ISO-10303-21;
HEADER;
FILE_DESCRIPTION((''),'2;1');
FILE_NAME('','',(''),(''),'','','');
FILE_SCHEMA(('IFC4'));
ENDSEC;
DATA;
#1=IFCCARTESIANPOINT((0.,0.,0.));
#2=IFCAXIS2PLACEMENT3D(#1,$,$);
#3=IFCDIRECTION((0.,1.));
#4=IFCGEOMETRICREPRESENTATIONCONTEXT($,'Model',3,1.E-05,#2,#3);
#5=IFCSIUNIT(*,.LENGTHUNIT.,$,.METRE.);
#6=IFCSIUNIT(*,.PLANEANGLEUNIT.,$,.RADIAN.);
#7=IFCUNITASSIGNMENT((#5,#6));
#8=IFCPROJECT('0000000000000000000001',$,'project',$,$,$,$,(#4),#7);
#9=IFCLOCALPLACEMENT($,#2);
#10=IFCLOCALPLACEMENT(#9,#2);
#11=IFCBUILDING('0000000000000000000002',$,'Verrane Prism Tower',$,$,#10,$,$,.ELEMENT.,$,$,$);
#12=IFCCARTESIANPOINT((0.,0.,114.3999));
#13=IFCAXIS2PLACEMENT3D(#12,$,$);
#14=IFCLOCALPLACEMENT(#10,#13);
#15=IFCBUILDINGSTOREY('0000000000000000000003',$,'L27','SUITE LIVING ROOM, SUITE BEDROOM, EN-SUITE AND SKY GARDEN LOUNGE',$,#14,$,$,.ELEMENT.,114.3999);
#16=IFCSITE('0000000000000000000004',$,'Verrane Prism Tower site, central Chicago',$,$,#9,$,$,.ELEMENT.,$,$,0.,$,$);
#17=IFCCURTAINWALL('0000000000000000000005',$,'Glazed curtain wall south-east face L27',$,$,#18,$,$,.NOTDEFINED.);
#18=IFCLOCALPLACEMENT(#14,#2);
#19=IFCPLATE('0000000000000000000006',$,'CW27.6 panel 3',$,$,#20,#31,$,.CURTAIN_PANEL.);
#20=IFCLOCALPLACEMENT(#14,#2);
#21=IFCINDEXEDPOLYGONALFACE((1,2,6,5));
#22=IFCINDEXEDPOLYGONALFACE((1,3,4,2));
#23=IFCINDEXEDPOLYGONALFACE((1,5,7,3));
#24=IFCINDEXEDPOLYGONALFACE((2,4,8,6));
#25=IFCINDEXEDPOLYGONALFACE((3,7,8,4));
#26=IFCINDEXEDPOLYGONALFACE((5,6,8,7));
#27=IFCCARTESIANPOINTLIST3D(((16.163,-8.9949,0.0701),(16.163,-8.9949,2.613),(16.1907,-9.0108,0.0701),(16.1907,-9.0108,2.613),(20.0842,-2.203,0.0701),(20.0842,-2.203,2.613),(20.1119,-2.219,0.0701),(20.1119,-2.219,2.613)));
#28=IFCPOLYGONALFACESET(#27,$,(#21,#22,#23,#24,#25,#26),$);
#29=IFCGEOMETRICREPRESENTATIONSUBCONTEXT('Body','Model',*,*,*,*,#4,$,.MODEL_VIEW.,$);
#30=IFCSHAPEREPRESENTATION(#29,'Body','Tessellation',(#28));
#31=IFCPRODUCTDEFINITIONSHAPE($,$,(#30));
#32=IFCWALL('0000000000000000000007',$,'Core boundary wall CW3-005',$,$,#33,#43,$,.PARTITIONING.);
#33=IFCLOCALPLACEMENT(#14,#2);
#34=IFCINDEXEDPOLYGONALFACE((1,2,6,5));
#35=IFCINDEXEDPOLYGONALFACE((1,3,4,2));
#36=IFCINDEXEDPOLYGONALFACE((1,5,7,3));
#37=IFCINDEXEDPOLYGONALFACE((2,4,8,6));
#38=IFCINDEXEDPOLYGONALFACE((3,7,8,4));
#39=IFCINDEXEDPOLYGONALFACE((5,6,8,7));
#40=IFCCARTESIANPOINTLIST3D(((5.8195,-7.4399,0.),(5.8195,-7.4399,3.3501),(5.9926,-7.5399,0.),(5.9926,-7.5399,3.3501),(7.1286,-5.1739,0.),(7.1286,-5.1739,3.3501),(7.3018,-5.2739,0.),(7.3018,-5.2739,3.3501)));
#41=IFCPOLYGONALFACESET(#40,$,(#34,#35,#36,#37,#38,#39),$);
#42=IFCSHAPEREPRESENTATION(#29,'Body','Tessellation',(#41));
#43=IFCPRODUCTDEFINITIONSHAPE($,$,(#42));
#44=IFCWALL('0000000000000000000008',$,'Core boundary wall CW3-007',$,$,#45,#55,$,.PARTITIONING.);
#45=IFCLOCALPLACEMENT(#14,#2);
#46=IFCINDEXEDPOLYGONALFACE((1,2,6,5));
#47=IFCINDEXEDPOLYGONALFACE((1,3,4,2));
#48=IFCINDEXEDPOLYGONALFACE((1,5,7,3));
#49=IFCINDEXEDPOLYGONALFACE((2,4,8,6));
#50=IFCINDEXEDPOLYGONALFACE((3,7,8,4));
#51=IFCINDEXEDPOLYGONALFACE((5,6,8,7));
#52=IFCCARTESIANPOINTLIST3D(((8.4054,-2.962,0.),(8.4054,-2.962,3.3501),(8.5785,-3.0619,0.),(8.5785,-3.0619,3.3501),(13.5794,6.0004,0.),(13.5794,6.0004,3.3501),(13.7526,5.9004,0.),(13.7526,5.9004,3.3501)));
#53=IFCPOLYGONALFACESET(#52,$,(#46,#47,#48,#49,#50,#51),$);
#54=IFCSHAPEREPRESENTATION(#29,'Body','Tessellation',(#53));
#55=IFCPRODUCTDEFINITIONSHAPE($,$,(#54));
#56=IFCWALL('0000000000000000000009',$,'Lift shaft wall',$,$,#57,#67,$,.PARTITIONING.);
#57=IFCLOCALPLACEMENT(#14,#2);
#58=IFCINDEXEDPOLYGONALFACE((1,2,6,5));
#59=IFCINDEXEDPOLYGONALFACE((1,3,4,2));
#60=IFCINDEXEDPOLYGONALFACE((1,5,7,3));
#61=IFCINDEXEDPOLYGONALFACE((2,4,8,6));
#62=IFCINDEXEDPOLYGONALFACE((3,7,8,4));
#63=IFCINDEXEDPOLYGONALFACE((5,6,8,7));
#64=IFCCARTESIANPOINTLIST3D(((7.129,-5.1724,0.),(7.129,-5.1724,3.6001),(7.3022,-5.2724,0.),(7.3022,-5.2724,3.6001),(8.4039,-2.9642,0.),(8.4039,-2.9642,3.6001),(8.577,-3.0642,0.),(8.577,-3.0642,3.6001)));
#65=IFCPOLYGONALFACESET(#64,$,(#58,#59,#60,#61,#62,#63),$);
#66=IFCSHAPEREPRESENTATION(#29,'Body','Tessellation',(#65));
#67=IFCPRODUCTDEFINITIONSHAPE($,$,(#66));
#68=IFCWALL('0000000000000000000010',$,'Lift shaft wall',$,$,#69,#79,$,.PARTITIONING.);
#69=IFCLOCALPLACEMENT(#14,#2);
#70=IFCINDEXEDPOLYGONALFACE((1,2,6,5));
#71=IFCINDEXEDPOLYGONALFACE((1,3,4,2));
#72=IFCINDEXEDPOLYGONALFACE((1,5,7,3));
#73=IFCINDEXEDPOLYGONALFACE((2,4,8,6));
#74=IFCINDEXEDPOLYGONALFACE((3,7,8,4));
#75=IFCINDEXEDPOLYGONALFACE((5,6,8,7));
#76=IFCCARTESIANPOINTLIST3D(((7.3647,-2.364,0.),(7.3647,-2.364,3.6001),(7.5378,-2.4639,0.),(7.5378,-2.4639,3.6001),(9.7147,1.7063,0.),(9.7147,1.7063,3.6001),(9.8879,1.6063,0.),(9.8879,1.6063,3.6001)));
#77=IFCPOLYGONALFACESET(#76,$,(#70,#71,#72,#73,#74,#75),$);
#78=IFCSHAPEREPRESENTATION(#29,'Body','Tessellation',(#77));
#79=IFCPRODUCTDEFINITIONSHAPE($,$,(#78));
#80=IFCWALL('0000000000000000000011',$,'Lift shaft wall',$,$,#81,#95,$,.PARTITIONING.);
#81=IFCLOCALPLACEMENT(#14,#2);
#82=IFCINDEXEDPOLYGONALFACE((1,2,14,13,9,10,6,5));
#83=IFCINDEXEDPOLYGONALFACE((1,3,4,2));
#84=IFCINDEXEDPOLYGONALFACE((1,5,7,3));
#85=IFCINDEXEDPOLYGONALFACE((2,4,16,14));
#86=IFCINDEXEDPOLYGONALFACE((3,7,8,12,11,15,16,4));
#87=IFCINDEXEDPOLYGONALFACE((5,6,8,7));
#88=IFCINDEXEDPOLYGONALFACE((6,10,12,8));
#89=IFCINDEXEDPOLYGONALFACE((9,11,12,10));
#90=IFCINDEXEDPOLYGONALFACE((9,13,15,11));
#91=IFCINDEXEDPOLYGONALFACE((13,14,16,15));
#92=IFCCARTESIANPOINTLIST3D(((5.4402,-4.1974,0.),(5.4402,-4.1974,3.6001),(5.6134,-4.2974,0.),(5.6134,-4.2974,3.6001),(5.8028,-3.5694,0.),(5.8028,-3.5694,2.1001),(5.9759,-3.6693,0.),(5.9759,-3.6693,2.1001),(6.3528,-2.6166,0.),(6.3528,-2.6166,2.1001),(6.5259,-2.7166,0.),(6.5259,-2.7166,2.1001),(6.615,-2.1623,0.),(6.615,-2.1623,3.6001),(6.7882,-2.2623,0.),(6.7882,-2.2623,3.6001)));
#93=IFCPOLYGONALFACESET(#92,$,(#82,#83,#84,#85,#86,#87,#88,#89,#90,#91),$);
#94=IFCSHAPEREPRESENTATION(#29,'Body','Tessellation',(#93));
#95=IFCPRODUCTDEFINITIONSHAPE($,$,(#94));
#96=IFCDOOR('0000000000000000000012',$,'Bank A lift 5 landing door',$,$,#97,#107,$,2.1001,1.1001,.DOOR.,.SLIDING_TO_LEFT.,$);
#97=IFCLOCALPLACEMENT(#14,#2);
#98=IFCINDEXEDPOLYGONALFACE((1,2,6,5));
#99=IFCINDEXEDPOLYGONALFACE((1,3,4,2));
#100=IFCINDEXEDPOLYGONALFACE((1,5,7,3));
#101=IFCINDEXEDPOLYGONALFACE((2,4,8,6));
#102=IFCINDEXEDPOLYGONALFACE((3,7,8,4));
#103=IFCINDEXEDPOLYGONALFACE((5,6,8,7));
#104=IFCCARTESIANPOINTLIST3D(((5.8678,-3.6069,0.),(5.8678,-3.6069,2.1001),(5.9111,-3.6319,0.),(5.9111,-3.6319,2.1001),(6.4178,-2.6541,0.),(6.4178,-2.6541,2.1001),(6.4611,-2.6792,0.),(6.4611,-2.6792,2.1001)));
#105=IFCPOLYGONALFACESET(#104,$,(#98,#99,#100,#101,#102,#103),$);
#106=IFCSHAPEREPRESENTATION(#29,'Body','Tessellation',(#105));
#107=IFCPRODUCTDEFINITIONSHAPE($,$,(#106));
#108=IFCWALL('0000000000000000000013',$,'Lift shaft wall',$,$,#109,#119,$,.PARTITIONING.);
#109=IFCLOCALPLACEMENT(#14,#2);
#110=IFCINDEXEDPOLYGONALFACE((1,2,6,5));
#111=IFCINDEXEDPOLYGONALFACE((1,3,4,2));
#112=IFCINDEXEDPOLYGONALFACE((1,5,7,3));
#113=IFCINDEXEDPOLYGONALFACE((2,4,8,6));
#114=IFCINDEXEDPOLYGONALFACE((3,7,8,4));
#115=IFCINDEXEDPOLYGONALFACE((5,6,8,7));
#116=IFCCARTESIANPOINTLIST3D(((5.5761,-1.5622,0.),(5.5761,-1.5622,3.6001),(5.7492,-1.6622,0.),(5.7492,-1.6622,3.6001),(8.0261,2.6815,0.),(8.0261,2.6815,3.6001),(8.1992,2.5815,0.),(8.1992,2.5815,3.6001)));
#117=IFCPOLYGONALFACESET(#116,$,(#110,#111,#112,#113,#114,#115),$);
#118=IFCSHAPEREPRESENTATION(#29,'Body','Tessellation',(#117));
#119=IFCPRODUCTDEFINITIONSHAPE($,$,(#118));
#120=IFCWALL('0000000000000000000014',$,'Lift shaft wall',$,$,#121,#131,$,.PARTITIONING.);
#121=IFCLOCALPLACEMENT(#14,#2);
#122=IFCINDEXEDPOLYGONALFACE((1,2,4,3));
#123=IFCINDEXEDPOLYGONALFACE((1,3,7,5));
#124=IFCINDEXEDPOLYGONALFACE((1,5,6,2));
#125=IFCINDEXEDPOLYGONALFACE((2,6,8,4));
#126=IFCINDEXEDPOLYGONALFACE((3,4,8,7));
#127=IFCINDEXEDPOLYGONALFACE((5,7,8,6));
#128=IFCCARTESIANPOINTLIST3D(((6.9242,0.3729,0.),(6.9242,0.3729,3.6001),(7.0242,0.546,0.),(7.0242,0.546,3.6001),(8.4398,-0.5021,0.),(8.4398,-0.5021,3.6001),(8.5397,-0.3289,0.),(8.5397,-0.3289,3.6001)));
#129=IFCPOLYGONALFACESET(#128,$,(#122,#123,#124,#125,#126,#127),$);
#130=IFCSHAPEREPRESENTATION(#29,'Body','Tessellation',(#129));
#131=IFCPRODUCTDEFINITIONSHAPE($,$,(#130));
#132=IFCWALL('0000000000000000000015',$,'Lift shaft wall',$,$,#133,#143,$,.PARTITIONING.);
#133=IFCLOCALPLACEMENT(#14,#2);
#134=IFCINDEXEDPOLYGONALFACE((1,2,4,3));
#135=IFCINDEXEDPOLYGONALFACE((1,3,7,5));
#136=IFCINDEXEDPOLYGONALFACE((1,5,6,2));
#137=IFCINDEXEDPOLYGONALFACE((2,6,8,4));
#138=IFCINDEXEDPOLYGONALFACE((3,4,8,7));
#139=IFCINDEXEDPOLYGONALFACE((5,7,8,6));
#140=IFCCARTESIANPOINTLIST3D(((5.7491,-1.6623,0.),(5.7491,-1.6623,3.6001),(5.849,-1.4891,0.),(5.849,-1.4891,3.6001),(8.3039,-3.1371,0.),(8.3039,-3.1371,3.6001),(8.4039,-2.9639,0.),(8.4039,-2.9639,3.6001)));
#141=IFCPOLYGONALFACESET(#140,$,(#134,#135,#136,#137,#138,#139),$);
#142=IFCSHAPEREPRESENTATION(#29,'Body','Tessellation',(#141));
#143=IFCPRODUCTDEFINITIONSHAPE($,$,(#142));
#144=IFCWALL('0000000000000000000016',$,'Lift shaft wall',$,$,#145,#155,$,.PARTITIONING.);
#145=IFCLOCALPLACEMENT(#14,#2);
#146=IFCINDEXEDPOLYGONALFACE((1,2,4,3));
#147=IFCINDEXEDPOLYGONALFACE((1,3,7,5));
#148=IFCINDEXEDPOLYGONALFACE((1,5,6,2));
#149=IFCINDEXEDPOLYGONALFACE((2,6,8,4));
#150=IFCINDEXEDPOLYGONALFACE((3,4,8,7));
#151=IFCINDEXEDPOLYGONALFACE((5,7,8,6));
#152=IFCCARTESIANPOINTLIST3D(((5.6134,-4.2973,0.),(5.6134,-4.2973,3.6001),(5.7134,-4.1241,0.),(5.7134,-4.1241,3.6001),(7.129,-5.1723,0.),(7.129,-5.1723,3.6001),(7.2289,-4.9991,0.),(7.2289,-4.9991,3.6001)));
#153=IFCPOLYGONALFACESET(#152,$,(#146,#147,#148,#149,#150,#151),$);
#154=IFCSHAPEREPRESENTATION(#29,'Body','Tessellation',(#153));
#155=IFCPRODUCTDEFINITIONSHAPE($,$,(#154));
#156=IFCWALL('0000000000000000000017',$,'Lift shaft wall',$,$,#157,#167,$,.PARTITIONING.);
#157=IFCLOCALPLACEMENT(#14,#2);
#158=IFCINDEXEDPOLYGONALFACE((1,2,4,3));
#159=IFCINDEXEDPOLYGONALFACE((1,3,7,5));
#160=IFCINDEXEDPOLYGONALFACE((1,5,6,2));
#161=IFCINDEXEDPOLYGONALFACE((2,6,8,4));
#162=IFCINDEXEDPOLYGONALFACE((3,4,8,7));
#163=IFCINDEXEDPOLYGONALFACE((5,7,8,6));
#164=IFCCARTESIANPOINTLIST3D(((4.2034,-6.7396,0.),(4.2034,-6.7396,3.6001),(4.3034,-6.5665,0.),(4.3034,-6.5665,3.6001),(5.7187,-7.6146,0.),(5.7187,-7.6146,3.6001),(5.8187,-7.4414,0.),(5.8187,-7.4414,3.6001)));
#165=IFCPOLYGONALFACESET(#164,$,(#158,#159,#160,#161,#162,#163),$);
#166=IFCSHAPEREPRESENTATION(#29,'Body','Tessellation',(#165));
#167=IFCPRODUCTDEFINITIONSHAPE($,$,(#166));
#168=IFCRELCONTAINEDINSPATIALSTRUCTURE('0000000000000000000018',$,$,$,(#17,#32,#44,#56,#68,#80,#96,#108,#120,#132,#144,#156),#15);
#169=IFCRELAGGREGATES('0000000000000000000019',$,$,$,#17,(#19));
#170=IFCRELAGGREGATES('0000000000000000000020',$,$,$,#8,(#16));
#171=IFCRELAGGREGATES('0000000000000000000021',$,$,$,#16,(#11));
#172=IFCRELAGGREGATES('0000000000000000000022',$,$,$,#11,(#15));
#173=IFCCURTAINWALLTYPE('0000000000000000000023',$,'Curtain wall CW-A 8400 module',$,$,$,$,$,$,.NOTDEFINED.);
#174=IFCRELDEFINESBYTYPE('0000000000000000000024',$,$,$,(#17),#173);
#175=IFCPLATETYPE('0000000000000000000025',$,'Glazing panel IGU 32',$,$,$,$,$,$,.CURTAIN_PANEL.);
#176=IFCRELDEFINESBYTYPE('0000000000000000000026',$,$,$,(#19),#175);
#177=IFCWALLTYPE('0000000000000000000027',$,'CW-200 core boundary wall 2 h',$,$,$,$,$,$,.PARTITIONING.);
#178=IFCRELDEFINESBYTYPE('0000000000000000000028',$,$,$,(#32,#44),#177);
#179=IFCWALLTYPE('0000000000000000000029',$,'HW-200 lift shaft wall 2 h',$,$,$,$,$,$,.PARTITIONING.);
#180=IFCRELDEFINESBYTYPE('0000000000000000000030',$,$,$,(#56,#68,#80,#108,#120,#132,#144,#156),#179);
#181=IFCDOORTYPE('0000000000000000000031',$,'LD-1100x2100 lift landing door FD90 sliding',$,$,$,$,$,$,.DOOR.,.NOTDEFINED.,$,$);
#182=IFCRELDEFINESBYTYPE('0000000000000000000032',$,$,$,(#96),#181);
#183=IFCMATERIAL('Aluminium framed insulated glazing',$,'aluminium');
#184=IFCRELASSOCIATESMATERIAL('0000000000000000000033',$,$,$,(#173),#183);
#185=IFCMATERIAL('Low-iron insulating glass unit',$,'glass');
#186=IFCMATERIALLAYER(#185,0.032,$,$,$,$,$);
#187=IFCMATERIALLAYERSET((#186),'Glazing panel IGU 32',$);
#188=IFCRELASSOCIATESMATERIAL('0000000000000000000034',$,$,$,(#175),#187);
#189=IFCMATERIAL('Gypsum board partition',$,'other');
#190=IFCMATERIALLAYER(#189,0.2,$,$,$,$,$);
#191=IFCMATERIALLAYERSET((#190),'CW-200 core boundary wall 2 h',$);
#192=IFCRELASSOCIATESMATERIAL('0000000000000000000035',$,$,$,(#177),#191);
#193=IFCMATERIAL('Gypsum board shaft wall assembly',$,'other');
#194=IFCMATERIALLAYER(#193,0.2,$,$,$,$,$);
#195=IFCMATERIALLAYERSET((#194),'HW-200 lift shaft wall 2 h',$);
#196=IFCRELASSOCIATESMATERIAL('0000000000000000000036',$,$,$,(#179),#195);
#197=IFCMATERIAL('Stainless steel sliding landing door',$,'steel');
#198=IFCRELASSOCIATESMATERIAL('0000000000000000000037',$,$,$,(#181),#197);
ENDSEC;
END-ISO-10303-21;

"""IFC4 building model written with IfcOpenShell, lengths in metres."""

from ifc_helpers import new_model, si_unit, direction, frame, frame_2d, origin, origin_2d, place, context, subcontext, project, spatial, rectangle, extrude, material, layer, layer_set, type_object, element, fill, aggregate, save


model = new_model("IFC4")

# Units and contexts
model_context = context("Model", 3, precision=1e-05, world=origin(), true_north=direction((0.0, 1.0)))
body_context = subcontext(model_context, "Body", "Model", "MODEL_VIEW")
ifc_project = project(units=[si_unit("LENGTHUNIT", "METRE"), si_unit("PLANEANGLEUNIT", "RADIAN")], contexts=[model_context])

# Site, building, storey
site_placement = place(None, origin())
site = spatial("IfcSite", under=ifc_project, at=site_placement, Name="Verrane Prism Tower site, central Chicago", CompositionType="ELEMENT", RefElevation=0.0)
building_placement = place(site_placement, origin())
building = spatial("IfcBuilding", under=site, at=building_placement, Name="Verrane Prism Tower", CompositionType="ELEMENT")
storey_placement = place(building_placement, frame((0.0, 0.0, 114.3999)))
storey = spatial("IfcBuildingStorey", under=building, at=storey_placement, Name="L27", Description="SUITE LIVING ROOM, SUITE BEDROOM, EN-SUITE AND SKY GARDEN LOUNGE", CompositionType="ELEMENT", Elevation=114.3999)

# Curtain wall
ifc_material_1 = material(Name="Aluminium framed insulated glazing", Category="aluminium")
curtain_wall_type = type_object("IfcCurtainWallType", Name="Curtain wall CW-A 8400 module", PredefinedType="NOTDEFINED", material=ifc_material_1)
curtain_wall_placement = place(storey_placement, origin())
curtain_wall = element("IfcCurtainWall", 1, at=curtain_wall_placement, inside=storey, type_object=curtain_wall_type, Name="Glazed curtain wall south-east face L27", PredefinedType="NOTDEFINED")

# Plate
ifc_material_2 = material(Name="Low-iron insulating glass unit", Category="glass")
ifc_layer_1 = layer(ifc_material_2, 0.032)
ifc_layer_set_1 = layer_set([ifc_layer_1], Name="Glazing panel IGU 32")
plate_type = type_object("IfcPlateType", Name="Glazing panel IGU 32", PredefinedType="CURTAIN_PANEL", material=ifc_layer_set_1)
plate_placement = place(storey_placement, frame((18.1375, -5.6069, 0.0701), z_axis=(0.0, 0.0, 1.0), x_axis=(0.499999, 0.866026, 0.0)))
plate = element("IfcPlate", 2, at=plate_placement, type_object=plate_type, Name="CW27.6 panel 3", PredefinedType="CURTAIN_PANEL", context=body_context, shape_type="SweptSolid", body=[
    extrude(rectangle(XDim=7.8425, YDim=0.032, at=origin_2d()), origin(), (0.0, 0.0, 1.0), 2.543),
])
aggregate(curtain_wall, [plate])

# Walls
ifc_material_3 = material(Name="Gypsum board partition", Category="other")
ifc_layer_2 = layer(ifc_material_3, 0.2)
ifc_layer_set_2 = layer_set([ifc_layer_2], Name="CW-200 core boundary wall 2 h")
wall_type_1 = type_object("IfcWallType", Name="CW-200 core boundary wall 2 h", PredefinedType="PARTITIONING", material=ifc_layer_set_2)
wall_1_placement = place(storey_placement, frame((5.906, -7.49, 0.0), z_axis=(0.0, 0.0, 1.0), x_axis=(0.500253, 0.865879, 0.0)))
element("IfcWall", 3, at=wall_1_placement, inside=storey, type_object=wall_type_1, Name="Core boundary wall CW3-005", PredefinedType="PARTITIONING", context=body_context, shape_type="SweptSolid", body=[
    extrude(rectangle(XDim=2.6169, YDim=0.2, at=frame_2d((1.3086, 0.0))), origin(), (0.0, 0.0, 1.0), 3.3501),
])
wall_2_placement = place(storey_placement, frame((8.4919, -3.012, 0.0), z_axis=(0.0, 0.0, 1.0), x_axis=(0.499973, 0.866041, 0.0)))
element("IfcWall", 4, at=wall_2_placement, inside=storey, type_object=wall_type_1, Name="Core boundary wall CW3-007", PredefinedType="PARTITIONING", context=body_context, shape_type="SweptSolid", body=[
    extrude(rectangle(XDim=10.3486, YDim=0.2, at=frame_2d((5.1743, 0.0))), origin(), (0.0, 0.0, 1.0), 3.3501),
])
ifc_material_4 = material(Name="Gypsum board shaft wall assembly", Category="other")
ifc_layer_3 = layer(ifc_material_4, 0.2)
ifc_layer_set_3 = layer_set([ifc_layer_3], Name="HW-200 lift shaft wall 2 h")
wall_type_2 = type_object("IfcWallType", Name="HW-200 lift shaft wall 2 h", PredefinedType="PARTITIONING", material=ifc_layer_set_3)
wall_3_placement = place(storey_placement, frame((7.2156, -5.2224, 0.0), z_axis=(0.0, 0.0, 1.0), x_axis=(0.49999, 0.866031, 0.0)))
element("IfcWall", 5, at=wall_3_placement, inside=storey, type_object=wall_type_2, Name="Lift shaft wall", PredefinedType="PARTITIONING", context=body_context, shape_type="SweptSolid", body=[
    extrude(rectangle(XDim=2.5498, YDim=0.2, at=frame_2d((1.2749, 0.0))), origin(), (0.0, 0.0, 1.0), 3.6001),
])
wall_4_placement = place(storey_placement, frame((7.4512, -2.4141, 0.0), z_axis=(0.0, 0.0, 1.0), x_axis=(0.500016, 0.866016, 0.0)))
element("IfcWall", 6, at=wall_4_placement, inside=storey, type_object=wall_type_2, Name="Lift shaft wall", PredefinedType="PARTITIONING", context=body_context, shape_type="SweptSolid", body=[
    extrude(rectangle(XDim=4.7, YDim=0.2, at=frame_2d((2.3501, 0.0))), origin(), (0.0, 0.0, 1.0), 3.6001),
])

# Wall, opening, door
wall_5_placement = place(storey_placement, frame((5.5269, -4.2473, 0.0), z_axis=(0.0, 0.0, 1.0), x_axis=(0.499938, 0.866061, 0.0)))
wall_5 = element("IfcWall", 7, at=wall_5_placement, inside=storey, type_object=wall_type_2, Name="Lift shaft wall", PredefinedType="PARTITIONING", context=body_context, shape_type="SweptSolid", body=[
    extrude(rectangle(XDim=2.3499, YDim=0.2, at=frame_2d((1.1748, 0.0))), origin(), (0.0, 0.0, 1.0), 3.6001),
])
opening_1_placement = place(wall_5_placement, frame((0.7251, 0.0, 0.0)))
opening_1 = element("IfcOpeningElement", 8, at=opening_1_placement, cuts=wall_5, PredefinedType="OPENING", context=body_context, shape_type="SweptSolid", body=[
    extrude(rectangle(XDim=1.1001, YDim=2.1001, at=frame_2d((0.55, 1.05))), frame((0.0, 0.1099, 0.0), z_axis=(0.0, -1.0, 0.0), x_axis=(1.0, 0.0, 0.0)), (0.0, 0.0, 1.0), 0.22),
])
ifc_material_5 = material(Name="Stainless steel sliding landing door", Category="steel")
door_type_1 = type_object("IfcDoorType", Name="LD-1100x2100 lift landing door FD90 sliding", OperationType="NOTDEFINED", PredefinedType="DOOR", material=ifc_material_5)
door_1_placement = place(opening_1_placement, origin())
door_1 = element("IfcDoor", 9, at=door_1_placement, inside=storey, type_object=door_type_1, Name="Bank A lift 5 landing door", OperationType="SLIDING_TO_LEFT", OverallHeight=2.1001, OverallWidth=1.1001, PredefinedType="DOOR", context=body_context, shape_type="SweptSolid", body=[
    extrude(rectangle(XDim=1.1001, YDim=2.1001, at=frame_2d((0.55, 1.05))), frame((0.0, 0.0249, 0.0), z_axis=(0.0, -1.0, 0.0), x_axis=(1.0, 0.0, 0.0)), (0.0, 0.0, 1.0), 0.05),
])
fill(opening_1, door_1)

# Walls
wall_6_placement = place(storey_placement, frame((5.6626, -1.6123, 0.0), z_axis=(0.0, 0.0, 1.0), x_axis=(0.499981, 0.866036, 0.0)))
element("IfcWall", 10, at=wall_6_placement, inside=storey, type_object=wall_type_2, Name="Lift shaft wall", PredefinedType="PARTITIONING", context=body_context, shape_type="SweptSolid", body=[
    extrude(rectangle(XDim=4.9001, YDim=0.2, at=frame_2d((2.4502, 0.0))), origin(), (0.0, 0.0, 1.0), 3.6001),
])
wall_7_placement = place(storey_placement, frame((8.4897, -0.4155, 0.0), z_axis=(0.0, 0.0, 1.0), x_axis=(-0.866037, 0.49998, 0.0)))
element("IfcWall", 11, at=wall_7_placement, inside=storey, type_object=wall_type_2, Name="Lift shaft wall", PredefinedType="PARTITIONING", context=body_context, shape_type="SweptSolid", body=[
    extrude(rectangle(XDim=1.75, YDim=0.2, at=frame_2d((0.875, 0.0))), origin(), (0.0, 0.0, 1.0), 3.6001),
])
wall_8_placement = place(storey_placement, frame((8.354, -3.0505, 0.0), z_axis=(0.0, 0.0, 1.0), x_axis=(-0.86606, 0.49994, 0.0)))
element("IfcWall", 12, at=wall_8_placement, inside=storey, type_object=wall_type_2, Name="Lift shaft wall", PredefinedType="PARTITIONING", context=body_context, shape_type="SweptSolid", body=[
    extrude(rectangle(XDim=2.95, YDim=0.2, at=frame_2d((1.4751, 0.0))), origin(), (0.0, 0.0, 1.0), 3.6001),
])
wall_9_placement = place(storey_placement, frame((7.179, -5.0857, 0.0), z_axis=(0.0, 0.0, 1.0), x_axis=(-0.866037, 0.49998, 0.0)))
element("IfcWall", 13, at=wall_9_placement, inside=storey, type_object=wall_type_2, Name="Lift shaft wall", PredefinedType="PARTITIONING", context=body_context, shape_type="SweptSolid", body=[
    extrude(rectangle(XDim=1.75, YDim=0.2, at=frame_2d((0.875, 0.0))), origin(), (0.0, 0.0, 1.0), 3.6001),
])
wall_10_placement = place(storey_placement, frame((5.7688, -7.5281, 0.0), z_axis=(0.0, 0.0, 1.0), x_axis=(-0.866002, 0.50004, 0.0)))
element("IfcWall", 14, at=wall_10_placement, inside=storey, type_object=wall_type_2, Name="Lift shaft wall", PredefinedType="PARTITIONING", context=body_context, shape_type="SweptSolid", body=[
    extrude(rectangle(XDim=1.7498, YDim=0.2, at=frame_2d((0.875, 0.0))), origin(), (0.0, 0.0, 1.0), 3.6001),
])

save(model, "model.ifc")
